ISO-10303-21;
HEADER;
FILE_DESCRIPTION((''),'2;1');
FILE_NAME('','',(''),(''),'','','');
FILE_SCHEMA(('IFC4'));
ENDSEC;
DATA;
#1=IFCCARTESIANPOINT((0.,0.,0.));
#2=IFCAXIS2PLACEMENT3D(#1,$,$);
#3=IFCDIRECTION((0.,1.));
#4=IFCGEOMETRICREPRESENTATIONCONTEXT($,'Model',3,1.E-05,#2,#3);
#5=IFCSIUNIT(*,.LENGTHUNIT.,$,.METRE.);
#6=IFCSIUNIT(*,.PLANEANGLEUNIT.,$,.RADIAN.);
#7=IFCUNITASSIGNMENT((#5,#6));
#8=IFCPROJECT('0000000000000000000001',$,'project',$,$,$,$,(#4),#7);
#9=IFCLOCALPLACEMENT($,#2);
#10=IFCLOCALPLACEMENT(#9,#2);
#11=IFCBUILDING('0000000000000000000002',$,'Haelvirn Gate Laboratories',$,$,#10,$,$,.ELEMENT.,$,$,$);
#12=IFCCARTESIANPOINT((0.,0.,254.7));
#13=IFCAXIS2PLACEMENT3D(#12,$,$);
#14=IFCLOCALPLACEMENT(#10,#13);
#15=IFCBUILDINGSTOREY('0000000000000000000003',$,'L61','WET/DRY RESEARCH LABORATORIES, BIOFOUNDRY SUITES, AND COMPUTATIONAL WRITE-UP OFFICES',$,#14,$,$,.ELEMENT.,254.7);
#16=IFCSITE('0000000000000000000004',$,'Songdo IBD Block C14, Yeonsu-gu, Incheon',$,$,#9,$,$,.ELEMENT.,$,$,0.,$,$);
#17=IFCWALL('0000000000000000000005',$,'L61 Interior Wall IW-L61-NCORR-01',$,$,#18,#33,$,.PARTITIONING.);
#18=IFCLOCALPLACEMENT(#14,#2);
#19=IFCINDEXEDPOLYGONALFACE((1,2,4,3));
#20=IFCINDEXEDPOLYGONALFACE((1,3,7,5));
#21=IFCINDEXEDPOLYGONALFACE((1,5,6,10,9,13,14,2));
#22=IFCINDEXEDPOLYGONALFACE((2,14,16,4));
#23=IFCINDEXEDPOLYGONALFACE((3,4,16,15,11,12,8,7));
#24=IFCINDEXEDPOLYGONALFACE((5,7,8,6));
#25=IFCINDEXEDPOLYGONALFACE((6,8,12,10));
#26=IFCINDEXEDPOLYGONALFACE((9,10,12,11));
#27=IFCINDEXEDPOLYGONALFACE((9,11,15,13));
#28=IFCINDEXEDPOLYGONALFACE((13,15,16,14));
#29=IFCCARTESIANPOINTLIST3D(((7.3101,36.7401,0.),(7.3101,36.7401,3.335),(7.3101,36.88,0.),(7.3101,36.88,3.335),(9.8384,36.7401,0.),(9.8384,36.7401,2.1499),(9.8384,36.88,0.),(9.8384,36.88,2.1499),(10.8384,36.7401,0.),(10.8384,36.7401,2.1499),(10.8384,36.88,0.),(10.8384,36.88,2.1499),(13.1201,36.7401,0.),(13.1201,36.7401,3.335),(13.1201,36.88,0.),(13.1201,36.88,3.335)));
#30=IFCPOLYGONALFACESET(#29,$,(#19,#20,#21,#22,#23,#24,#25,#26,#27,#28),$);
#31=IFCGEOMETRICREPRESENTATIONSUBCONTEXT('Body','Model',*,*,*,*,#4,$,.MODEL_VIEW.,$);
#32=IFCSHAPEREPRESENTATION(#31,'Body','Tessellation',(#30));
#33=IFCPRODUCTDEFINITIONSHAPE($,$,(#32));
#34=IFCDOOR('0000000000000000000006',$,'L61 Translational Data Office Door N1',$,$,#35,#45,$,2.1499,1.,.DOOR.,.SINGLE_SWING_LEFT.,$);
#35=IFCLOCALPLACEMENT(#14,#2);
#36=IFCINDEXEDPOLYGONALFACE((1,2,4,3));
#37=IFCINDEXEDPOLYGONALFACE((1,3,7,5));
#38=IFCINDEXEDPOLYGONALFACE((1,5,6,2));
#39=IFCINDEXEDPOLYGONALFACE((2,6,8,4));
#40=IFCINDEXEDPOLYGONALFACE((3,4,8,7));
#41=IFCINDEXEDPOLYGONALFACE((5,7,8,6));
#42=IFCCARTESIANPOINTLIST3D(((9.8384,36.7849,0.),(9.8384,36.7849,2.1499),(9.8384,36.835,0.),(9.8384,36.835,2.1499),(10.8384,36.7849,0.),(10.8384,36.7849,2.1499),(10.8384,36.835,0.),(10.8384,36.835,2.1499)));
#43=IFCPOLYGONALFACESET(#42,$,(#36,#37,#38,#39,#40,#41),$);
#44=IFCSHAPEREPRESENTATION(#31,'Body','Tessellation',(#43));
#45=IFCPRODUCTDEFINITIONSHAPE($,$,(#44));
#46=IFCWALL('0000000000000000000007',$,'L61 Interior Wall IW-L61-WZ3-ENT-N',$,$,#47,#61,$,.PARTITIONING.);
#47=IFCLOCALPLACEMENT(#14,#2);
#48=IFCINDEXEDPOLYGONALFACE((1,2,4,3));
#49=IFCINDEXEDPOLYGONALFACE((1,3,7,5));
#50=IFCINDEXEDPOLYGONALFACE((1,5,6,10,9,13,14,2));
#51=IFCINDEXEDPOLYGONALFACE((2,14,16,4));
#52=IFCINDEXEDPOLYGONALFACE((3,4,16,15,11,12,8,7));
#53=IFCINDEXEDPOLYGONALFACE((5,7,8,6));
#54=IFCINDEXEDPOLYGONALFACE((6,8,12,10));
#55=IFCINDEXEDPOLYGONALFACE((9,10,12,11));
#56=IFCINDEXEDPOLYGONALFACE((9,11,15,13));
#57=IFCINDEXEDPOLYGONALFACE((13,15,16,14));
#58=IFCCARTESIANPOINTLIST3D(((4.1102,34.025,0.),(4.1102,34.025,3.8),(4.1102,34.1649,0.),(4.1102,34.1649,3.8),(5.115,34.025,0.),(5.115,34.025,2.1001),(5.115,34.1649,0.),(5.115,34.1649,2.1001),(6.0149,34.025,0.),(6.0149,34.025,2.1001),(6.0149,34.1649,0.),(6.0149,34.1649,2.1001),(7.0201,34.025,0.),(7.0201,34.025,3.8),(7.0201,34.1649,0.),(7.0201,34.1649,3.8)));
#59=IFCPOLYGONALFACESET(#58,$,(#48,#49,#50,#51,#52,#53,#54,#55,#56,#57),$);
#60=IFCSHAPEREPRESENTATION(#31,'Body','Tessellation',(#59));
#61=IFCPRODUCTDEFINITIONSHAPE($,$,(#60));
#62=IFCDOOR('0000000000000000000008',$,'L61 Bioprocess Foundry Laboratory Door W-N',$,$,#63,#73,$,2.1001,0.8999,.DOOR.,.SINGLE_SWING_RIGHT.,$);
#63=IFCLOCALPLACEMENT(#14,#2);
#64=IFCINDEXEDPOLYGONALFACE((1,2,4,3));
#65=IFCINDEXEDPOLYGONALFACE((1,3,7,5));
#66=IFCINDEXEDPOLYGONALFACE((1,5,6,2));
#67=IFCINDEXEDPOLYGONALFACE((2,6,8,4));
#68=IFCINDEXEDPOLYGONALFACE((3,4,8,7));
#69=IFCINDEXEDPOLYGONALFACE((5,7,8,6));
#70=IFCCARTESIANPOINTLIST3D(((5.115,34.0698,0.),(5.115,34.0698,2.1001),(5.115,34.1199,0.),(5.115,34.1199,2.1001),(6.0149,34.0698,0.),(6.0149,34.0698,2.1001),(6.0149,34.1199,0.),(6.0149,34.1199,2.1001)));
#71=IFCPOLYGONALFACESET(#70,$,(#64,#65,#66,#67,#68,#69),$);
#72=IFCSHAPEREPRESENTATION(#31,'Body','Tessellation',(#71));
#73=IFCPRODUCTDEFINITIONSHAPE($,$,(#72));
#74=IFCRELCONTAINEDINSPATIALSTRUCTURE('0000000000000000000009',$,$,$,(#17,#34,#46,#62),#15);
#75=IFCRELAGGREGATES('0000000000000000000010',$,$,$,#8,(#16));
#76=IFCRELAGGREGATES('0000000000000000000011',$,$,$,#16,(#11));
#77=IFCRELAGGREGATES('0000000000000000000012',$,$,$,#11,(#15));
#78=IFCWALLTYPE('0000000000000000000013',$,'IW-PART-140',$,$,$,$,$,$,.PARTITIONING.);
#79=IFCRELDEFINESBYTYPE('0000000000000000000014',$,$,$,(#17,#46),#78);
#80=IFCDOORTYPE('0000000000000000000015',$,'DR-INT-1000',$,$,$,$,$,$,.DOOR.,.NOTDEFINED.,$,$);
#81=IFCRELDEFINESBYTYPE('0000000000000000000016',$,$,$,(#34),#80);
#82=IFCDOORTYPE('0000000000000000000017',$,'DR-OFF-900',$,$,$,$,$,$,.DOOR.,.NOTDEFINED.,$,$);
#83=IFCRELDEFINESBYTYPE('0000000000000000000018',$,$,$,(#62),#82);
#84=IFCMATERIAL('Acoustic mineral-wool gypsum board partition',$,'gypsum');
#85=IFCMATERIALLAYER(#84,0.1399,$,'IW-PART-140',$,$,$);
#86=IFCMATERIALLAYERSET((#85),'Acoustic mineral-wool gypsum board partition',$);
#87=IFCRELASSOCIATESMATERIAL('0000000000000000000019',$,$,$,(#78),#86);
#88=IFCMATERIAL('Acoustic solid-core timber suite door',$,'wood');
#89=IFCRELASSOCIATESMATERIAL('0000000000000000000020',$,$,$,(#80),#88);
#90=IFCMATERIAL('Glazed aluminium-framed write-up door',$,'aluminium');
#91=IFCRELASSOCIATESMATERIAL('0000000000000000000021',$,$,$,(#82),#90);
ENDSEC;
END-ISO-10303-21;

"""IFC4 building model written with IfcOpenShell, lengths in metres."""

from ifc_helpers import new_model, si_unit, direction, frame, frame_2d, origin, place, context, subcontext, project, spatial, rectangle, extrude, source, transform, mapped, material, layer, layer_set, type_object, type_shapes, element, fill, save


model = new_model("IFC4")

# Units and contexts
model_context = context("Model", 3, precision=1e-05, world=origin(), true_north=direction((0.0, 1.0)))
body_context = subcontext(model_context, "Body", "Model", "MODEL_VIEW")
ifc_project = project(units=[si_unit("LENGTHUNIT", "METRE"), si_unit("PLANEANGLEUNIT", "RADIAN")], contexts=[model_context])

# Site, building, storey
site_placement = place(None, origin())
site = spatial("IfcSite", under=ifc_project, at=site_placement, Name="Songdo IBD Block C14, Yeonsu-gu, Incheon", CompositionType="ELEMENT", RefElevation=0.0)
building_placement = place(site_placement, origin())
building = spatial("IfcBuilding", under=site, at=building_placement, Name="Haelvirn Gate Laboratories", CompositionType="ELEMENT")
storey_placement = place(building_placement, frame((0.0, 0.0, 254.7)))
storey = spatial("IfcBuildingStorey", under=building, at=storey_placement, Name="L61", Description="WET/DRY RESEARCH LABORATORIES, BIOFOUNDRY SUITES, AND COMPUTATIONAL WRITE-UP OFFICES", CompositionType="ELEMENT", Elevation=254.7)

# Walls, openings, doors
ifc_material_1 = material(Name="Acoustic mineral-wool gypsum board partition", Category="gypsum")
ifc_layer_1 = layer(ifc_material_1, 0.1399, Name="IW-PART-140")
ifc_layer_set_1 = layer_set([ifc_layer_1], Name="Acoustic mineral-wool gypsum board partition")
wall_type_1 = type_object("IfcWallType", Name="IW-PART-140", PredefinedType="PARTITIONING", material=ifc_layer_set_1)
wall_1_placement = place(storey_placement, frame((7.3101, 36.8101, 0.0), z_axis=(0.0, 0.0, 1.0), x_axis=(1.0, 0.0, 0.0)))
wall_1 = element("IfcWall", 1, at=wall_1_placement, inside=storey, type_object=wall_type_1, Name="L61 Interior Wall IW-L61-NCORR-01", PredefinedType="PARTITIONING", context=body_context, shape_type="SweptSolid", body=[
    extrude(rectangle(XDim=5.8101, YDim=0.1399, at=frame_2d((2.905, 0.0))), origin(), (0.0, 0.0, 1.0), 3.335),
])
opening_1_placement = place(wall_1_placement, frame((2.5283, 0.0, 0.0)))
opening_1 = element("IfcOpeningElement", 2, at=opening_1_placement, cuts=wall_1, PredefinedType="OPENING", context=body_context, shape_type="SweptSolid", body=[
    extrude(rectangle(XDim=1.0, YDim=2.1499, at=frame_2d((0.5, 1.075))), frame((0.0, 0.0801, 0.0), z_axis=(0.0, -1.0, 0.0), x_axis=(1.0, 0.0, 0.0)), (0.0, 0.0, 1.0), 0.1599),
])
ifc_material_2 = material(Name="Acoustic solid-core timber suite door", Category="wood")
door_type_1 = type_object("IfcDoorType", Name="DR-INT-1000", OperationType="NOTDEFINED", PredefinedType="DOOR", material=ifc_material_2)
shared_shape_1 = source(origin(), body_context, "Body", "SweptSolid", [
    extrude(rectangle(XDim=1.0, YDim=2.1499, at=frame_2d((0.5, 1.075))), frame((0.0, 0.0249, 0.0), z_axis=(0.0, -1.0, 0.0), x_axis=(1.0, 0.0, 0.0)), (0.0, 0.0, 1.0), 0.05),
])
type_shapes(door_type_1, [shared_shape_1])
door_1_placement = place(opening_1_placement, origin())
door_1 = element("IfcDoor", 3, at=door_1_placement, inside=storey, type_object=door_type_1, Name="L61 Translational Data Office Door N1", OperationType="SINGLE_SWING_LEFT", OverallHeight=2.1499, OverallWidth=1.0, PredefinedType="DOOR", context=body_context, shape_type="MappedRepresentation", body=[
    mapped(shared_shape_1, transform((0.0, 0.0, 0.0), scale=1.0)),
])
fill(opening_1, door_1)
wall_2_placement = place(storey_placement, frame((4.1101, 34.095, 0.0), z_axis=(0.0, 0.0, 1.0), x_axis=(1.0, 0.0, 0.0)))
wall_2 = element("IfcWall", 4, at=wall_2_placement, inside=storey, type_object=wall_type_1, Name="L61 Interior Wall IW-L61-WZ3-ENT-N", PredefinedType="PARTITIONING", context=body_context, shape_type="SweptSolid", body=[
    extrude(rectangle(XDim=2.9099, YDim=0.1399, at=frame_2d((1.4551, 0.0))), origin(), (0.0, 0.0, 1.0), 3.8),
])
opening_2_placement = place(wall_2_placement, frame((1.0049, 0.0, 0.0)))
opening_2 = element("IfcOpeningElement", 5, at=opening_2_placement, cuts=wall_2, PredefinedType="OPENING", context=body_context, shape_type="SweptSolid", body=[
    extrude(rectangle(XDim=0.8999, YDim=2.1001, at=frame_2d((0.45, 1.05))), frame((0.0, 0.0801, 0.0), z_axis=(0.0, -1.0, 0.0), x_axis=(1.0, 0.0, 0.0)), (0.0, 0.0, 1.0), 0.1599),
])
ifc_material_3 = material(Name="Glazed aluminium-framed write-up door", Category="aluminium")
door_type_2 = type_object("IfcDoorType", Name="DR-OFF-900", OperationType="NOTDEFINED", PredefinedType="DOOR", material=ifc_material_3)
shared_shape_2 = source(origin(), body_context, "Body", "SweptSolid", [
    extrude(rectangle(XDim=0.8999, YDim=2.1001, at=frame_2d((0.45, 1.05))), frame((0.0, 0.0249, 0.0), z_axis=(0.0, -1.0, 0.0), x_axis=(1.0, 0.0, 0.0)), (0.0, 0.0, 1.0), 0.05),
])
type_shapes(door_type_2, [shared_shape_2])
door_2_placement = place(opening_2_placement, origin())
door_2 = element("IfcDoor", 6, at=door_2_placement, inside=storey, type_object=door_type_2, Name="L61 Bioprocess Foundry Laboratory Door W-N", OperationType="SINGLE_SWING_RIGHT", OverallHeight=2.1001, OverallWidth=0.8999, PredefinedType="DOOR", context=body_context, shape_type="MappedRepresentation", body=[
    mapped(shared_shape_2, transform((0.0, 0.0, 0.0), scale=1.0)),
])
fill(opening_2, door_2)

save(model, "model.ifc")
